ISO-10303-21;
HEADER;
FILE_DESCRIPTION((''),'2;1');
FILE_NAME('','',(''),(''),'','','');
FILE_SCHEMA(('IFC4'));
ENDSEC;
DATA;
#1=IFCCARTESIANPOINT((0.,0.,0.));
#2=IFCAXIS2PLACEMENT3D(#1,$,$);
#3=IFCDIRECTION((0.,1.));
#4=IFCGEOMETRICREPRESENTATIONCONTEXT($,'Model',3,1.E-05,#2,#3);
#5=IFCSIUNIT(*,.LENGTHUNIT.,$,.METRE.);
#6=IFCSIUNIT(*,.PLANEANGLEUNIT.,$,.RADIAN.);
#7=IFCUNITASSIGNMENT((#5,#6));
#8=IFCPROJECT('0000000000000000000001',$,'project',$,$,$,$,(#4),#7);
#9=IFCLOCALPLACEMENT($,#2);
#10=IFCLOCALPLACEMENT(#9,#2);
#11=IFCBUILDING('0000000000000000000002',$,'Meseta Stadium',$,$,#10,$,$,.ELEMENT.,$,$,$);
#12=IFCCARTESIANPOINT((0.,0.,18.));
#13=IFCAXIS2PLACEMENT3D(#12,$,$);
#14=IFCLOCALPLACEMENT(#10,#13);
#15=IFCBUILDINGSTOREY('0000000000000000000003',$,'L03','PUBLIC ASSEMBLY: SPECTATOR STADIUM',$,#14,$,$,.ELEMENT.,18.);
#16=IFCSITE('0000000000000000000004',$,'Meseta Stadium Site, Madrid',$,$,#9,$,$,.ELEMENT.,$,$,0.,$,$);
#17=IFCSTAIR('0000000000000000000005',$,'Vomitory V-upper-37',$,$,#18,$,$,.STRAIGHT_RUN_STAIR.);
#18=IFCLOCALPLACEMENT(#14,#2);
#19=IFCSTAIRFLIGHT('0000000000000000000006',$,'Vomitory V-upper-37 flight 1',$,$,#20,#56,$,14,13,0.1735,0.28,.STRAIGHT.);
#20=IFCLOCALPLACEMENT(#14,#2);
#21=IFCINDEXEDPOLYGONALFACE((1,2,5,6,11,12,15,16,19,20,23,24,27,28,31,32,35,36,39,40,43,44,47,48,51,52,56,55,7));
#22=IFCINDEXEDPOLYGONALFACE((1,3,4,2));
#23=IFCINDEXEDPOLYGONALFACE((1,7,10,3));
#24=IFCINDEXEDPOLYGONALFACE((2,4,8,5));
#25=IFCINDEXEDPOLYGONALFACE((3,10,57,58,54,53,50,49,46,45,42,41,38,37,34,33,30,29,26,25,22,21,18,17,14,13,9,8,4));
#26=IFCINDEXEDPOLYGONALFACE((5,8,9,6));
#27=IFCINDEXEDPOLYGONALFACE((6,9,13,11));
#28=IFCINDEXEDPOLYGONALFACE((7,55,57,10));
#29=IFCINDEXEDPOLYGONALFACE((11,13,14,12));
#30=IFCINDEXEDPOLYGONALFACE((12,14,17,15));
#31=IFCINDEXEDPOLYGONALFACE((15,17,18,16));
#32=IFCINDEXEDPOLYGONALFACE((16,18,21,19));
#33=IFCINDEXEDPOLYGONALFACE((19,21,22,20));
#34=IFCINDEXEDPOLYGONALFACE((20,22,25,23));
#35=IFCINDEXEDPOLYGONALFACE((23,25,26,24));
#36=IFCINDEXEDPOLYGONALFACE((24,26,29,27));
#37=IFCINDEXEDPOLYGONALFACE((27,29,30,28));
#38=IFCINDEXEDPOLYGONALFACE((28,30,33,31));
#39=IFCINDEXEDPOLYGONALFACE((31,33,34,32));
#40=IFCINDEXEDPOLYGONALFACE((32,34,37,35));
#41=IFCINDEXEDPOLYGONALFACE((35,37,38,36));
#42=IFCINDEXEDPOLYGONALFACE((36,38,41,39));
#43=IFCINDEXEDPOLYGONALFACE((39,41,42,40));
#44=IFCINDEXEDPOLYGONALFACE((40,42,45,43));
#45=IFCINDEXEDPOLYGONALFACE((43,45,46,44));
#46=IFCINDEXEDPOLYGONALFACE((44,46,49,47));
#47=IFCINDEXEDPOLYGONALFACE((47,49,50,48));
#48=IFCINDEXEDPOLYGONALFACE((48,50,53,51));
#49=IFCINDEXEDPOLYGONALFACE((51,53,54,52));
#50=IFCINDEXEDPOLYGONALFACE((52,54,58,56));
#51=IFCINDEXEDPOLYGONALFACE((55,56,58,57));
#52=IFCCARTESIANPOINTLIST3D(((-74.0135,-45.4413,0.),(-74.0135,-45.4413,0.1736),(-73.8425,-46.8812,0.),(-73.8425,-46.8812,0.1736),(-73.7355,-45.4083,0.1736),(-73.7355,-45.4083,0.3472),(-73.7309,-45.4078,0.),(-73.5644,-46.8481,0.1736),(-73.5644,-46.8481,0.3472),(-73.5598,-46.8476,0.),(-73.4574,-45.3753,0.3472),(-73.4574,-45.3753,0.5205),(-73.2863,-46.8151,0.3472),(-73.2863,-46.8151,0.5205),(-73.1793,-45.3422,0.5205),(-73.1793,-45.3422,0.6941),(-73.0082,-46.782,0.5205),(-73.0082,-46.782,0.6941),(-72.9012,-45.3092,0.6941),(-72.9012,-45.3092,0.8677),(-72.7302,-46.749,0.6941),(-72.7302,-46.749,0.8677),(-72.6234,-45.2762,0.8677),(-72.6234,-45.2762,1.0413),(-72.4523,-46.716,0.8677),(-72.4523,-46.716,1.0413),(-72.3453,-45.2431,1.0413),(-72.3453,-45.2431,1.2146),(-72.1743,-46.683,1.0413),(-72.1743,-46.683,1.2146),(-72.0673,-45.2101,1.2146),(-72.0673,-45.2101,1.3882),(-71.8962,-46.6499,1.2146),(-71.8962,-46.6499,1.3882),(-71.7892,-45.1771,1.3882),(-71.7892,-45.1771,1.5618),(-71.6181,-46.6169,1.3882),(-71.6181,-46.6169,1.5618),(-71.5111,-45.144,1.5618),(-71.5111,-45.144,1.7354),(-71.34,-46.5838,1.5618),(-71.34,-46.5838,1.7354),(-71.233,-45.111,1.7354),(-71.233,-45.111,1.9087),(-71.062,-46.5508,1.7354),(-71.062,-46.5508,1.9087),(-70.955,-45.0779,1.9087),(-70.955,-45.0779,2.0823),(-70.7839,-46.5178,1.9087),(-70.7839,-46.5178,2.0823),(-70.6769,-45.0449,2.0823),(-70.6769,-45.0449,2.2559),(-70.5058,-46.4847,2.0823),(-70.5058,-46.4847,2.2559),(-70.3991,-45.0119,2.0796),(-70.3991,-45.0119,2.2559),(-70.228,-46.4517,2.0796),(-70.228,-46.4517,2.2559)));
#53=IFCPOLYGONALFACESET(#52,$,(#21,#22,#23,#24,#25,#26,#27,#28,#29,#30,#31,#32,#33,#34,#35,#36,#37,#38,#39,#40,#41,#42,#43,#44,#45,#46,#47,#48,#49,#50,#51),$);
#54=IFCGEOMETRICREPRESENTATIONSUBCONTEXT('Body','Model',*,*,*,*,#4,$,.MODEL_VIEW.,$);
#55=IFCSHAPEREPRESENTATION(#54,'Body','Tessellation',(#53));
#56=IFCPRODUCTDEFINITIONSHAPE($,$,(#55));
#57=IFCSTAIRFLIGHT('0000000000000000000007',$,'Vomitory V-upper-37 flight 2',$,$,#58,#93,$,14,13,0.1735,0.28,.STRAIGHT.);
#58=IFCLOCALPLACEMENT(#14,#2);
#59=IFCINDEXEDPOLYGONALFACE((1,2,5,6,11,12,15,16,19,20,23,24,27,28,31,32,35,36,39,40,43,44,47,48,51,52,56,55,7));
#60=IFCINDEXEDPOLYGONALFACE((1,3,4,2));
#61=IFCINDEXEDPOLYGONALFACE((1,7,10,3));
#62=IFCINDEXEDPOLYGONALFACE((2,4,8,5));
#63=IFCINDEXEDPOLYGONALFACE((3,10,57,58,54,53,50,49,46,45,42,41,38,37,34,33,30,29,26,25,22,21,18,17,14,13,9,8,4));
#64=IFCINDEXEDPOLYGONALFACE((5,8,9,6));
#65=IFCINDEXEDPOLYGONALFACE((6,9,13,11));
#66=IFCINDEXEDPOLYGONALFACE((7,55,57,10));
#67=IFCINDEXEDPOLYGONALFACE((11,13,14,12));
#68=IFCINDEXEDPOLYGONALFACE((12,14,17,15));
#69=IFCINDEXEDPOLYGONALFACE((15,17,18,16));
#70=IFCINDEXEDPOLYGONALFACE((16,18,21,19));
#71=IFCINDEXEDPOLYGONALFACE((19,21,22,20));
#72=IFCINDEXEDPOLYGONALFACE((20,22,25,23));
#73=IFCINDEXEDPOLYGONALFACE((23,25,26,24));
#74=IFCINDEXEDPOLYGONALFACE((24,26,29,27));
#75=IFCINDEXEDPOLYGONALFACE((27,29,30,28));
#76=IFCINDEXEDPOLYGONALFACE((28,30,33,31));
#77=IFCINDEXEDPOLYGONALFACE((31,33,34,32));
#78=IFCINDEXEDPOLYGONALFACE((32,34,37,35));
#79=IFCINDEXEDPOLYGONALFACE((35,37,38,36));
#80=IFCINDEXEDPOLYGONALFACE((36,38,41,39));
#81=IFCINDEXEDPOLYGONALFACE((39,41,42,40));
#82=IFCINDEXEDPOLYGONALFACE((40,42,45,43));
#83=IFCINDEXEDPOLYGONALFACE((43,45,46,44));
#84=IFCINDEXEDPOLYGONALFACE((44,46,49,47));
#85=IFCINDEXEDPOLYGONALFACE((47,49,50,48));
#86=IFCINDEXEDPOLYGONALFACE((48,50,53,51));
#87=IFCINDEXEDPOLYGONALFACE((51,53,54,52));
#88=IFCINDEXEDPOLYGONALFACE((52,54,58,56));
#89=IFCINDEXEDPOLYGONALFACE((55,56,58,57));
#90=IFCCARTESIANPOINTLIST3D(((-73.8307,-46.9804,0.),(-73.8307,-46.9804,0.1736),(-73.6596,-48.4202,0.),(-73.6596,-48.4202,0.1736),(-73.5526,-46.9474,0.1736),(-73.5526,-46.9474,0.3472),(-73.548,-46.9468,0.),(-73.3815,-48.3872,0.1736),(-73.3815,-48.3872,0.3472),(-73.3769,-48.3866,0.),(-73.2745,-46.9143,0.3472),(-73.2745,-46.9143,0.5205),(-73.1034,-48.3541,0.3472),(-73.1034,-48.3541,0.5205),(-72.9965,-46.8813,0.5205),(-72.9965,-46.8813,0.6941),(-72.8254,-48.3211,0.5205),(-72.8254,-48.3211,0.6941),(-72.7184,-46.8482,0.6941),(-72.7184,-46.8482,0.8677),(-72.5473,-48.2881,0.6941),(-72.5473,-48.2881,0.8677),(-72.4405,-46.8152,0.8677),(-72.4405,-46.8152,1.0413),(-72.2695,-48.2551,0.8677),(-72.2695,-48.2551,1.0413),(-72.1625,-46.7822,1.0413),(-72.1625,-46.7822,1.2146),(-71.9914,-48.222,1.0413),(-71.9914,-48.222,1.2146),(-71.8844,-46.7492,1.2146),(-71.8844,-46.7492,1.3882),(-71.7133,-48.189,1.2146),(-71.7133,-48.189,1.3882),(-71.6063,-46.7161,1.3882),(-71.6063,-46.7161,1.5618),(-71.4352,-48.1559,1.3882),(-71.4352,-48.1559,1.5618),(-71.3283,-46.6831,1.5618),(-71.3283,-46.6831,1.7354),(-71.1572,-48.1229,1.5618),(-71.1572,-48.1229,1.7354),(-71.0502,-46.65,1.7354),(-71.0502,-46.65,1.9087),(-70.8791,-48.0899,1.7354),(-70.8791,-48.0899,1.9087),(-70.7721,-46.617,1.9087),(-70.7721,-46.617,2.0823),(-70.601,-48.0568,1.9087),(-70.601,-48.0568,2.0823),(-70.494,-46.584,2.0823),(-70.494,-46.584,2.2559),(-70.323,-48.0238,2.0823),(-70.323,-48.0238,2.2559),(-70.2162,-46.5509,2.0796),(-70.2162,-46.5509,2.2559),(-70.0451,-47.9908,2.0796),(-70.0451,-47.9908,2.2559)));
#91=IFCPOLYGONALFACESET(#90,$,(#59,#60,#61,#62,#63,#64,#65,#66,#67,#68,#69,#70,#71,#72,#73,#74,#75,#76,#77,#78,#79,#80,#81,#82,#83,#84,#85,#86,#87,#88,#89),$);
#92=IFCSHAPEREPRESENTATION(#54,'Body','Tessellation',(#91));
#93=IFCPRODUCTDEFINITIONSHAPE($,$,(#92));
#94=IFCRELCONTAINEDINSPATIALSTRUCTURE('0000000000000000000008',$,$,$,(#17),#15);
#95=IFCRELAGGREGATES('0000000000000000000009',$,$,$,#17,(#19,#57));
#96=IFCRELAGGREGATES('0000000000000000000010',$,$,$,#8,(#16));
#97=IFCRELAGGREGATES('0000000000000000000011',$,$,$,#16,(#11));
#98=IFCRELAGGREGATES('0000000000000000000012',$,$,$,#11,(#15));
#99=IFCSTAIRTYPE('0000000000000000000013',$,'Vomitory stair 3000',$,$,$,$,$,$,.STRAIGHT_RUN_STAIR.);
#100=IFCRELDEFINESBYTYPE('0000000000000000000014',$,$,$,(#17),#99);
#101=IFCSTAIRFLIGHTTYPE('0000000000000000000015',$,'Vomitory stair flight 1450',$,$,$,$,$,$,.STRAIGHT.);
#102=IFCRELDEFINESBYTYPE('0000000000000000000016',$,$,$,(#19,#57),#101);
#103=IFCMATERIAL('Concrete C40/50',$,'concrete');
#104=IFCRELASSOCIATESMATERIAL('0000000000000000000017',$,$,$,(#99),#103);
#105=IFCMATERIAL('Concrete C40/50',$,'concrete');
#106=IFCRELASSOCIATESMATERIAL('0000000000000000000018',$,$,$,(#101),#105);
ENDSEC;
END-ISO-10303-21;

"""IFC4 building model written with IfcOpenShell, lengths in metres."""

from ifc_helpers import new_model, si_unit, direction, frame, origin, place, context, subcontext, project, spatial, polyline, outline, extrude, material, type_object, element, aggregate, save


model = new_model("IFC4")

# Units and contexts
model_context = context("Model", 3, precision=1e-05, world=origin(), true_north=direction((0.0, 1.0)))
body_context = subcontext(model_context, "Body", "Model", "MODEL_VIEW")
ifc_project = project(units=[si_unit("LENGTHUNIT", "METRE"), si_unit("PLANEANGLEUNIT", "RADIAN")], contexts=[model_context])

# Site, building, storey
site_placement = place(None, origin())
site = spatial("IfcSite", under=ifc_project, at=site_placement, Name="Meseta Stadium Site, Madrid", CompositionType="ELEMENT", RefElevation=0.0)
building_placement = place(site_placement, origin())
building = spatial("IfcBuilding", under=site, at=building_placement, Name="Meseta Stadium", CompositionType="ELEMENT")
storey_placement = place(building_placement, frame((0.0, 0.0, 18.0)))
storey = spatial("IfcBuildingStorey", under=building, at=storey_placement, Name="L03", Description="PUBLIC ASSEMBLY: SPECTATOR STADIUM", CompositionType="ELEMENT", Elevation=18.0)

# Stair, stair flights
ifc_material_1 = material(Name="Concrete C40/50", Category="concrete")
stair_type = type_object("IfcStairType", Name="Vomitory stair 3000", PredefinedType="STRAIGHT_RUN_STAIR", material=ifc_material_1)
stair_placement = place(storey_placement, origin())
stair = element("IfcStair", 1, at=stair_placement, inside=storey, type_object=stair_type, Name="Vomitory V-upper-37", PredefinedType="STRAIGHT_RUN_STAIR")
ifc_material_2 = material(Name="Concrete C40/50", Category="concrete")
stair_flight_type = type_object("IfcStairFlightType", Name="Vomitory stair flight 1450", PredefinedType="STRAIGHT", material=ifc_material_2)
stair_flight_1_placement = place(storey_placement, frame((-73.928, -46.1614, 0.0), z_axis=(0.0, 0.0, 1.0), x_axis=(0.993015, 0.117988, 0.0)))
stair_flight_1 = element("IfcStairFlight", 2, at=stair_flight_1_placement, type_object=stair_flight_type, Name="Vomitory V-upper-37 flight 1", NumberOfRisers=14, NumberOfTreads=13, PredefinedType="STRAIGHT", RiserHeight=0.1735, TreadLength=0.28, context=body_context, shape_type="SweptSolid", body=[
    extrude(outline(polyline([(0.0, 0.0), (0.0, 0.1736), (0.28, 0.1736), (0.28, 0.3472), (0.5601, 0.3472), (0.5601, 0.5205), (0.8401, 0.5205), (0.8401, 0.6941), (1.1201, 0.6941), (1.1201, 0.8677), (1.3999, 0.8677), (1.3999, 1.0413), (1.6799, 1.0413), (1.6799, 1.2146), (1.96, 1.2146), (1.96, 1.3882), (2.24, 1.3882), (2.24, 1.5618), (2.52, 1.5618), (2.52, 1.7354), (2.8, 1.7354), (2.8, 1.9087), (3.0801, 1.9087), (3.0801, 2.0823), (3.3601, 2.0823), (3.3601, 2.2559), (3.6399, 2.2559), (3.6399, 2.0796), (0.2847, 0.0), (0.0, 0.0)])), frame((0.0, 0.7251, 0.0), z_axis=(0.0, -1.0, 0.0), x_axis=(1.0, 0.0, 0.0)), (0.0, 0.0, 1.0), 1.45),
])
stair_flight_2_placement = place(storey_placement, frame((-73.7451, -47.7004, 0.0), z_axis=(0.0, 0.0, 1.0), x_axis=(0.993015, 0.117988, 0.0)))
stair_flight_2 = element("IfcStairFlight", 3, at=stair_flight_2_placement, type_object=stair_flight_type, Name="Vomitory V-upper-37 flight 2", NumberOfRisers=14, NumberOfTreads=13, PredefinedType="STRAIGHT", RiserHeight=0.1735, TreadLength=0.28, context=body_context, shape_type="SweptSolid", body=[
    extrude(outline(polyline([(0.0, 0.0), (0.0, 0.1736), (0.28, 0.1736), (0.28, 0.3472), (0.5601, 0.3472), (0.5601, 0.5205), (0.8401, 0.5205), (0.8401, 0.6941), (1.1201, 0.6941), (1.1201, 0.8677), (1.3999, 0.8677), (1.3999, 1.0413), (1.6799, 1.0413), (1.6799, 1.2146), (1.96, 1.2146), (1.96, 1.3882), (2.24, 1.3882), (2.24, 1.5618), (2.52, 1.5618), (2.52, 1.7354), (2.8, 1.7354), (2.8, 1.9087), (3.0801, 1.9087), (3.0801, 2.0823), (3.3601, 2.0823), (3.3601, 2.2559), (3.6399, 2.2559), (3.6399, 2.0796), (0.2847, 0.0), (0.0, 0.0)])), frame((0.0, 0.7251, 0.0), z_axis=(0.0, -1.0, 0.0), x_axis=(1.0, 0.0, 0.0)), (0.0, 0.0, 1.0), 1.45),
])
aggregate(stair, [stair_flight_1, stair_flight_2])

save(model, "model.ifc")
